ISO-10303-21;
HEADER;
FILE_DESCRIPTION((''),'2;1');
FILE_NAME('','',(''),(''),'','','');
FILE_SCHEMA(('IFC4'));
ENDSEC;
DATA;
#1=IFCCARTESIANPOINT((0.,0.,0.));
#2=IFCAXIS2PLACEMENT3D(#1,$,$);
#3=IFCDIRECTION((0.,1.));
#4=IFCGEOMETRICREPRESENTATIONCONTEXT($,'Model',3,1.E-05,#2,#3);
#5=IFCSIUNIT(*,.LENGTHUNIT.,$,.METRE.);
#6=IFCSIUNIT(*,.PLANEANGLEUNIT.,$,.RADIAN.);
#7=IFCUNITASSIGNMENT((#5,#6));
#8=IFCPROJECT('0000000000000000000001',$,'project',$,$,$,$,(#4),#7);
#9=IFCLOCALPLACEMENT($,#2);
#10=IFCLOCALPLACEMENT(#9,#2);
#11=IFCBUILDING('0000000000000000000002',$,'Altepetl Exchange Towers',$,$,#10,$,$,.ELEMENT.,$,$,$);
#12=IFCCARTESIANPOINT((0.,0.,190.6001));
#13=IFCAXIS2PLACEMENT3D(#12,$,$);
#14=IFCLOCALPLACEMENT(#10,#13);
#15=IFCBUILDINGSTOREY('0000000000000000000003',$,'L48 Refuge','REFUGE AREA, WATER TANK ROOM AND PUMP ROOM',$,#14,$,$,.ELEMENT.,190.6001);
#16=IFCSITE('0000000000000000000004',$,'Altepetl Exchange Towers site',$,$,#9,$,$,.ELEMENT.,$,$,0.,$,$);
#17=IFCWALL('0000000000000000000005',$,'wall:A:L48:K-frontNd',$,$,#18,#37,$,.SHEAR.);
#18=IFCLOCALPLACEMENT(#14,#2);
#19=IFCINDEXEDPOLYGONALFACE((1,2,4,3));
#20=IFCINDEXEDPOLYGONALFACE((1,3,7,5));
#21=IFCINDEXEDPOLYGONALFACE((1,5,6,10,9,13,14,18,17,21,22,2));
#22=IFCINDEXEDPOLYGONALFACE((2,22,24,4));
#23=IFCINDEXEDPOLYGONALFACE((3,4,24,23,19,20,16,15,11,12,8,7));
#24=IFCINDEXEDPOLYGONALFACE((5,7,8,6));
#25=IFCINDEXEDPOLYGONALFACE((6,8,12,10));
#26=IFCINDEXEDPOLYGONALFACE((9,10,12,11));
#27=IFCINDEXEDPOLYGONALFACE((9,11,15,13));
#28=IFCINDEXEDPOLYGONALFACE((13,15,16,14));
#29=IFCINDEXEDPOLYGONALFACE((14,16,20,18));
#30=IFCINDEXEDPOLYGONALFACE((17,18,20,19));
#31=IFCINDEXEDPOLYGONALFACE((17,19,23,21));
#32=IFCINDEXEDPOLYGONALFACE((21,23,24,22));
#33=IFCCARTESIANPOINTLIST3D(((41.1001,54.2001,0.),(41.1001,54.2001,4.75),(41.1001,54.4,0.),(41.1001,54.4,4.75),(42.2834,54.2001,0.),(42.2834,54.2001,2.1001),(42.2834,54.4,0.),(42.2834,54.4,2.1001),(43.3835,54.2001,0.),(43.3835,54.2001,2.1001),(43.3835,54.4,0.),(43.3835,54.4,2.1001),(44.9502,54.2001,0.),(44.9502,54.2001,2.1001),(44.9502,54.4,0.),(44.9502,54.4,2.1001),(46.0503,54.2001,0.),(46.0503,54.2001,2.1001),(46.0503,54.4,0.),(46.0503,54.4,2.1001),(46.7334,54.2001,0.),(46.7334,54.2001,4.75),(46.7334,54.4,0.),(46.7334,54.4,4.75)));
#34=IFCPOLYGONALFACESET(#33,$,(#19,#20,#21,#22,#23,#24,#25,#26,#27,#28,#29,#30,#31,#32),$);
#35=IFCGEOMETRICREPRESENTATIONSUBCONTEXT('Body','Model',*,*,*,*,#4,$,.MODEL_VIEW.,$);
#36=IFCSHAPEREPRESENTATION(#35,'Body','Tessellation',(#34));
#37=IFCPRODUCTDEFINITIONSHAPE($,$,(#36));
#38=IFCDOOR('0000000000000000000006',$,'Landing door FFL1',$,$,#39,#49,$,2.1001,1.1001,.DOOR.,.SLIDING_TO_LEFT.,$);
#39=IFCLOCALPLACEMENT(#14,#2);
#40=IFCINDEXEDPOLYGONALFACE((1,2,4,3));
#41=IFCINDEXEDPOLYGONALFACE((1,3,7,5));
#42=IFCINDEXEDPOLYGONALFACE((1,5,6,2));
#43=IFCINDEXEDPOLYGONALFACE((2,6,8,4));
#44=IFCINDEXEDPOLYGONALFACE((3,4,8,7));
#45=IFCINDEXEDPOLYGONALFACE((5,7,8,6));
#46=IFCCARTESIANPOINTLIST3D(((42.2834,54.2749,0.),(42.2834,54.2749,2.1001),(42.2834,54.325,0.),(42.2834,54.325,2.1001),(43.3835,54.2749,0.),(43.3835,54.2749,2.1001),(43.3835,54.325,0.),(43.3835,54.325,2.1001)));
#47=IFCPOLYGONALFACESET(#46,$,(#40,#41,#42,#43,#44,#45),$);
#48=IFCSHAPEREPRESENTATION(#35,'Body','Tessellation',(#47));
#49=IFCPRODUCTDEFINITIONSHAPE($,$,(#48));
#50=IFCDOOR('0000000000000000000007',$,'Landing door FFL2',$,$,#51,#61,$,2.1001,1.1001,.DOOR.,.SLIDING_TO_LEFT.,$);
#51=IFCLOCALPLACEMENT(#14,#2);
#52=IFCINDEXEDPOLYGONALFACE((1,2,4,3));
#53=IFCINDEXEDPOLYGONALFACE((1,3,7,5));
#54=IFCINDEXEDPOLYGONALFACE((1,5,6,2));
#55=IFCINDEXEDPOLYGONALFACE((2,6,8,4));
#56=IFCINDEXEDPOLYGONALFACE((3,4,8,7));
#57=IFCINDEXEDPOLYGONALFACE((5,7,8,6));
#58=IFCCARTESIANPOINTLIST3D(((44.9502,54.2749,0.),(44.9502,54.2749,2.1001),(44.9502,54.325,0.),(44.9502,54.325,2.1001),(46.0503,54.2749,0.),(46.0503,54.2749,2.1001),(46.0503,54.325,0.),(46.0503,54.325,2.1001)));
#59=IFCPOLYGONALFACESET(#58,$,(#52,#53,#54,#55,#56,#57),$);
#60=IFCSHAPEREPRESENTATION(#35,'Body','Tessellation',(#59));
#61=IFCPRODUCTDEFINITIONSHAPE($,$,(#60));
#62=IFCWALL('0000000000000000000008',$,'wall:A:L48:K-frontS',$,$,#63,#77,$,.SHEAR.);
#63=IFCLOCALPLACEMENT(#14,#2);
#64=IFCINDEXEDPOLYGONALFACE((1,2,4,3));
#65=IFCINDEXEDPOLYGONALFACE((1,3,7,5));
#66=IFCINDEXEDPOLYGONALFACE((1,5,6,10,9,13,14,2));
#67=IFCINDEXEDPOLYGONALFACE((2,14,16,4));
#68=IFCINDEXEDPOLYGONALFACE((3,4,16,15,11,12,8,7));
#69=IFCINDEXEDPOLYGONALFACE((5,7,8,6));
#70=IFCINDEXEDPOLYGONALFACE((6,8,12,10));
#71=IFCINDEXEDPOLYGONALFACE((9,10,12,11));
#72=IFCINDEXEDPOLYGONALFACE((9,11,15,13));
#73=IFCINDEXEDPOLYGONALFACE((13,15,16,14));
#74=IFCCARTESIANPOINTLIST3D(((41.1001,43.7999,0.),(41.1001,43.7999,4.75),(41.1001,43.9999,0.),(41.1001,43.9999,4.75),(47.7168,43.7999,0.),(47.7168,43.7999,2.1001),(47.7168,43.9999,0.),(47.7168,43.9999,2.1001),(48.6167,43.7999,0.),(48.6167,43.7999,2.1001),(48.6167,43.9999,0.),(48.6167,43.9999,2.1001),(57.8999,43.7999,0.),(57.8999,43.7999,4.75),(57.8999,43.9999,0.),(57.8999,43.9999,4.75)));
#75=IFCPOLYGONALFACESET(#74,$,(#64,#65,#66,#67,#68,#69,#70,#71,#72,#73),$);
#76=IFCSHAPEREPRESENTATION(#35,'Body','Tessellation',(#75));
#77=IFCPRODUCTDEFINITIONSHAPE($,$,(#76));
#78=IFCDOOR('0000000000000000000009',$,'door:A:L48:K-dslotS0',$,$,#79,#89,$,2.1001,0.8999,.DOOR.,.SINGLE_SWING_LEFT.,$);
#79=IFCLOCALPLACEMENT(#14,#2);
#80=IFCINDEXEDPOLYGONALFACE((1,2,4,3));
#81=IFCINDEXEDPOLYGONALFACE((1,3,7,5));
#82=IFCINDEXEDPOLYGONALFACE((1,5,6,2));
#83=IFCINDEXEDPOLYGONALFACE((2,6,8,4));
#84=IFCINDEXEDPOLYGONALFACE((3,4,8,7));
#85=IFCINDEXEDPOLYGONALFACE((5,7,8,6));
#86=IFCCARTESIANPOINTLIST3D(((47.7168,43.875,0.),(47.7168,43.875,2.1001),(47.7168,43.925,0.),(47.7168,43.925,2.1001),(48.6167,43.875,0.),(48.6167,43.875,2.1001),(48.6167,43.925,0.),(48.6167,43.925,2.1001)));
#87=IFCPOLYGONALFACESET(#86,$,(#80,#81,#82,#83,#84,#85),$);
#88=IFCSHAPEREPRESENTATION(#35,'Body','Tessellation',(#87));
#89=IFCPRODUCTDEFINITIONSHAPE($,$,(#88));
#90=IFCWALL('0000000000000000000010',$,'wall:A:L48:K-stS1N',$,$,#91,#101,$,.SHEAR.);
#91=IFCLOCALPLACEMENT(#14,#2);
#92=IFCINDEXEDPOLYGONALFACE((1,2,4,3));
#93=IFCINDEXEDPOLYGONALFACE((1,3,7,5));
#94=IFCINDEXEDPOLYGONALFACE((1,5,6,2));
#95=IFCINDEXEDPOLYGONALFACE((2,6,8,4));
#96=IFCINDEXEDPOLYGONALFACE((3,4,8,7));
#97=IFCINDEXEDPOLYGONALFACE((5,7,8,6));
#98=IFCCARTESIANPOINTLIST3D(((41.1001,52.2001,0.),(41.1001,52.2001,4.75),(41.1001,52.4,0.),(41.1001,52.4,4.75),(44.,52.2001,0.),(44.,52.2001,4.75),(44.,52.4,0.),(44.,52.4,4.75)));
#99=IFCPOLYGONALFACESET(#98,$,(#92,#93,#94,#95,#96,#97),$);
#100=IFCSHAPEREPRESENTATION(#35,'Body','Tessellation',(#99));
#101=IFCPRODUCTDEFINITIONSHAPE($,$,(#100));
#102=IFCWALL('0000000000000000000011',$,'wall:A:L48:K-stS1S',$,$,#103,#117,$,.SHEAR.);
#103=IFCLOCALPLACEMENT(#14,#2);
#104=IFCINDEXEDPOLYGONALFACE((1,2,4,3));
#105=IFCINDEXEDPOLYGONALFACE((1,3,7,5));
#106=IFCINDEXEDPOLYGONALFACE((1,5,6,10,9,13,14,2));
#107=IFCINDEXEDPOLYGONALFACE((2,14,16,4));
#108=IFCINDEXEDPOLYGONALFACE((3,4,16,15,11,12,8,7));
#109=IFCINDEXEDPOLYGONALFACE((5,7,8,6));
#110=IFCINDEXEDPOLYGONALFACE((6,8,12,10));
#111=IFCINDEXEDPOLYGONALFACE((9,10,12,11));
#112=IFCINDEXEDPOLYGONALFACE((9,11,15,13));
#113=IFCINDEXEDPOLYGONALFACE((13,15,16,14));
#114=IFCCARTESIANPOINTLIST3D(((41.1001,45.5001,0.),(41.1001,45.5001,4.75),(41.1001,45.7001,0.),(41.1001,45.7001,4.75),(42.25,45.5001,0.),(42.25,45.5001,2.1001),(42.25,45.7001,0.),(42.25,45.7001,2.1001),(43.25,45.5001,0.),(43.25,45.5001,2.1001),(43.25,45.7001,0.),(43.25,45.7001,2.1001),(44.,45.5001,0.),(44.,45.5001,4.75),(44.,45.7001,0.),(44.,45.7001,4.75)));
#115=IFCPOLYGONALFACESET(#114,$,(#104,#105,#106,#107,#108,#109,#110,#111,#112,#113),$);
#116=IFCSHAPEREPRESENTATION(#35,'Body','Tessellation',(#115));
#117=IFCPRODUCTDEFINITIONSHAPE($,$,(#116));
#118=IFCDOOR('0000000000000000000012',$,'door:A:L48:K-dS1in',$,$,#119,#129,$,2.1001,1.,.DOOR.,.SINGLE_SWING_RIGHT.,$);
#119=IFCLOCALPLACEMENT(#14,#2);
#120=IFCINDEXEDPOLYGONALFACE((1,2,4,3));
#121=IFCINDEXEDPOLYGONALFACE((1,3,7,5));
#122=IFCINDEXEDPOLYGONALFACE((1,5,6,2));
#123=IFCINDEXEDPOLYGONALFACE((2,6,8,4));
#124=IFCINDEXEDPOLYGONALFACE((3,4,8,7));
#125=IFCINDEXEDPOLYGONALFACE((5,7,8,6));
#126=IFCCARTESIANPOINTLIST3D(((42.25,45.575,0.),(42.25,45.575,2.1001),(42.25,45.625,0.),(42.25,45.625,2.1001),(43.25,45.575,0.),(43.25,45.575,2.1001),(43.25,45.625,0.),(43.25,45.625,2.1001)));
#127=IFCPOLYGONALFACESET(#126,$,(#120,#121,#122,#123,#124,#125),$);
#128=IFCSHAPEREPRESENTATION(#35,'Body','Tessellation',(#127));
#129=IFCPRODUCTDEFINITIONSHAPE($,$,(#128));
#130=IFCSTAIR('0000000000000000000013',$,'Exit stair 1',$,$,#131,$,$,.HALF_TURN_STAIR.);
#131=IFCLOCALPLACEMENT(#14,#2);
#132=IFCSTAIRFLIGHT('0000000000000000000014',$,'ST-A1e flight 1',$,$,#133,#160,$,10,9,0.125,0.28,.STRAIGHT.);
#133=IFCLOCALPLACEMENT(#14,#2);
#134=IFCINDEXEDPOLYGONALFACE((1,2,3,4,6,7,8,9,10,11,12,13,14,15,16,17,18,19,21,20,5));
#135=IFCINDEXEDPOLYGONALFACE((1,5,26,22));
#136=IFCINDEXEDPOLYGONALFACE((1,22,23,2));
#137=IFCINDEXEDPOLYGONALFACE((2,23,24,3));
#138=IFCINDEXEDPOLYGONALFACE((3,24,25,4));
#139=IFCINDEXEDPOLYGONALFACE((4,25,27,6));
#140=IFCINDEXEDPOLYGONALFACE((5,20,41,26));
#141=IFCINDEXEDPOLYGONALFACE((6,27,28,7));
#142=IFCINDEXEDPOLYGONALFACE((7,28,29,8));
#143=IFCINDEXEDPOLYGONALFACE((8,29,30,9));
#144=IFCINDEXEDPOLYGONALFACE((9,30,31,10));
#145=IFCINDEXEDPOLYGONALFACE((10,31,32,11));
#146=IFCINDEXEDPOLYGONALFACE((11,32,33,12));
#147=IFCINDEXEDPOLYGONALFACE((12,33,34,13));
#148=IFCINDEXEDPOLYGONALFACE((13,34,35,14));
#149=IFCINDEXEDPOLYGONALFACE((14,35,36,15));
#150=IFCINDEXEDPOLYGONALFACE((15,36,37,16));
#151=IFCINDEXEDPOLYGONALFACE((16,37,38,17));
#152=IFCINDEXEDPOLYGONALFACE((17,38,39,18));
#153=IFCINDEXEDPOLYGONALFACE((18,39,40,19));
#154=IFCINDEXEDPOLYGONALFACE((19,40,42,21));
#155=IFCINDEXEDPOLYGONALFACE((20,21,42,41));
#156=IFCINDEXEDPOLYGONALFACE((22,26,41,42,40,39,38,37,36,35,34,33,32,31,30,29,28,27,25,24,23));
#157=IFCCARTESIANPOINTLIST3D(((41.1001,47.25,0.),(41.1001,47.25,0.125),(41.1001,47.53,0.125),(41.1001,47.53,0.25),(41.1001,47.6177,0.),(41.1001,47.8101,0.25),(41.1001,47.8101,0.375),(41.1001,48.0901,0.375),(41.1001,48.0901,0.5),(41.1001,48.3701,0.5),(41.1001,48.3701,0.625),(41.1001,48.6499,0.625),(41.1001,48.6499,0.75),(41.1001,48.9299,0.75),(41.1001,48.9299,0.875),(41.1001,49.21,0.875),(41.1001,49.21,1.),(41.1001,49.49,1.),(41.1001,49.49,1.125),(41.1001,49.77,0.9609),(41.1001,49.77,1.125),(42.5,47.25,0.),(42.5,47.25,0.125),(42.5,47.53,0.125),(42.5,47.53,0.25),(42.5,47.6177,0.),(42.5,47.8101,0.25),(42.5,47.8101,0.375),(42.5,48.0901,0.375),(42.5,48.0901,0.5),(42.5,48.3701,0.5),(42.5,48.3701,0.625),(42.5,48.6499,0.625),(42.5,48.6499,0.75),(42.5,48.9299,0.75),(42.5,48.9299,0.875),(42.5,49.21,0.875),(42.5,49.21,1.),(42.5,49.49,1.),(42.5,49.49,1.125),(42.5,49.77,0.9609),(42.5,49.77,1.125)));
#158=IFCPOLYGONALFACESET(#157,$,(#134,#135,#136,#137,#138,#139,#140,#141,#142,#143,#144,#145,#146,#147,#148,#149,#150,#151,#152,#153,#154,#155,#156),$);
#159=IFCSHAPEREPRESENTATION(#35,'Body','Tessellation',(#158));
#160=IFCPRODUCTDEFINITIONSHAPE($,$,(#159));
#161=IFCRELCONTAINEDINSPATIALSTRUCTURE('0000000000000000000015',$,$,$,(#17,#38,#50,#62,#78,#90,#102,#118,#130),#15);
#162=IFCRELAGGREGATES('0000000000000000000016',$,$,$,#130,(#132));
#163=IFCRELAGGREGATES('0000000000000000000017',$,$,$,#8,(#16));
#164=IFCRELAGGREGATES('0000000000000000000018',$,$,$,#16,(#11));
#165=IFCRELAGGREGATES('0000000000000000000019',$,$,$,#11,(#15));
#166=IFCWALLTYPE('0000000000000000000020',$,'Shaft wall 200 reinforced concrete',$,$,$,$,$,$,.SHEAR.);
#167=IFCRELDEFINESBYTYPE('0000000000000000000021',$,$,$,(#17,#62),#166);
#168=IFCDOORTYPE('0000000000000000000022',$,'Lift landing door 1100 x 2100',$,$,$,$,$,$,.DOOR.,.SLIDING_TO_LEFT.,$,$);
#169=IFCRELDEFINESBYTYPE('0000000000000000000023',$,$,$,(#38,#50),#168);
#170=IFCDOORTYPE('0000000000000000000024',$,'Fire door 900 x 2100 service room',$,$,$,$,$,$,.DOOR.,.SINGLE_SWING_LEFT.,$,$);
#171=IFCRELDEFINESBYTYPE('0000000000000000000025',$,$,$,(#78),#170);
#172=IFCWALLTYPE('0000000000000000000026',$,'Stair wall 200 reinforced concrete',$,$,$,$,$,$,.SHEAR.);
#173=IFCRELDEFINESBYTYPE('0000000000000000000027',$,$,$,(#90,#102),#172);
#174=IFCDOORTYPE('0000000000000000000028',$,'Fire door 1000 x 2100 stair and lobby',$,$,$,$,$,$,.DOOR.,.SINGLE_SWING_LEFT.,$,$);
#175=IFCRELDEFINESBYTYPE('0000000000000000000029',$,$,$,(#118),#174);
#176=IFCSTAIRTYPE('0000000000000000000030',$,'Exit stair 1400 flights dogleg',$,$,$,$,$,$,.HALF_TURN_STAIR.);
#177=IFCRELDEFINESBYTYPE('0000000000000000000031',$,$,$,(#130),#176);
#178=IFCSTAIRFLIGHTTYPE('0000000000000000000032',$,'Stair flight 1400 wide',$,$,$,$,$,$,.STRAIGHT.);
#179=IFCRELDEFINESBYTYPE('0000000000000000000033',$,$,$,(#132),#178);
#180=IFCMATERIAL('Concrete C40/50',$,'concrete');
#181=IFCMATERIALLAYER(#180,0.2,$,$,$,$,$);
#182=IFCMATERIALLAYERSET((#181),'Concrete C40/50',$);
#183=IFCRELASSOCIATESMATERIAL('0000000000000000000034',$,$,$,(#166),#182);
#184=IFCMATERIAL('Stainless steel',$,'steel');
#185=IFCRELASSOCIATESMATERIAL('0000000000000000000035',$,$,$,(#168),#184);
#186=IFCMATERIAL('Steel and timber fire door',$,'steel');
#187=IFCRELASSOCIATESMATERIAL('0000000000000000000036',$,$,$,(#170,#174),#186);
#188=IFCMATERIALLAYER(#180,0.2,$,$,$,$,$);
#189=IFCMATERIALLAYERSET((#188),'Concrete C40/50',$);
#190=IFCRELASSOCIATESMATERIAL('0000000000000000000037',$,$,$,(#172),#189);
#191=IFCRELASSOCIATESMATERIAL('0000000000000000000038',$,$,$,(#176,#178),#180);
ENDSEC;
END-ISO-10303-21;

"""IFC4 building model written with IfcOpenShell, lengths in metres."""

from ifc_helpers import new_model, si_unit, direction, frame, frame_2d, origin, place, context, subcontext, project, spatial, polyline, rectangle, outline, extrude, material, layer, layer_set, type_object, element, fill, aggregate, save


model = new_model("IFC4")

# Units and contexts
model_context = context("Model", 3, precision=1e-05, world=origin(), true_north=direction((0.0, 1.0)))
body_context = subcontext(model_context, "Body", "Model", "MODEL_VIEW")
ifc_project = project(units=[si_unit("LENGTHUNIT", "METRE"), si_unit("PLANEANGLEUNIT", "RADIAN")], contexts=[model_context])

# Site, building, storey
site_placement = place(None, origin())
site = spatial("IfcSite", under=ifc_project, at=site_placement, Name="Altepetl Exchange Towers site", CompositionType="ELEMENT", RefElevation=0.0)
building_placement = place(site_placement, origin())
building = spatial("IfcBuilding", under=site, at=building_placement, Name="Altepetl Exchange Towers", CompositionType="ELEMENT")
storey_placement = place(building_placement, frame((0.0, 0.0, 190.6001)))
storey = spatial("IfcBuildingStorey", under=building, at=storey_placement, Name="L48 Refuge", Description="REFUGE AREA, WATER TANK ROOM AND PUMP ROOM", CompositionType="ELEMENT", Elevation=190.6001)

# Wall, openings, doors
ifc_material_1 = material(Name="Concrete C40/50", Category="concrete")
ifc_layer_1 = layer(ifc_material_1, 0.2)
ifc_layer_set_1 = layer_set([ifc_layer_1], Name="Concrete C40/50")
wall_type_1 = type_object("IfcWallType", Name="Shaft wall 200 reinforced concrete", PredefinedType="SHEAR", material=ifc_layer_set_1)
wall_1_placement = place(storey_placement, frame((41.1001, 54.3, 0.0)))
wall_1 = element("IfcWall", 1, at=wall_1_placement, inside=storey, type_object=wall_type_1, Name="wall:A:L48:K-frontNd", PredefinedType="SHEAR", context=body_context, shape_type="SweptSolid", body=[
    extrude(rectangle(XDim=5.6333, YDim=0.2, at=frame_2d((2.8167, 0.0))), origin(), (0.0, 0.0, 1.0), 4.75),
])
opening_1_placement = place(wall_1_placement, frame((1.1833, 0.0, 0.0)))
opening_1 = element("IfcOpeningElement", 2, at=opening_1_placement, cuts=wall_1, PredefinedType="OPENING", context=body_context, shape_type="SweptSolid", body=[
    extrude(rectangle(XDim=1.1001, YDim=2.1001, at=frame_2d((0.55, 1.05))), frame((0.0, 0.1099, 0.0), z_axis=(0.0, -1.0, 0.0), x_axis=(1.0, 0.0, 0.0)), (0.0, 0.0, 1.0), 0.22),
])
opening_2_placement = place(wall_1_placement, frame((3.8501, 0.0, 0.0)))
opening_2 = element("IfcOpeningElement", 3, at=opening_2_placement, cuts=wall_1, PredefinedType="OPENING", context=body_context, shape_type="SweptSolid", body=[
    extrude(rectangle(XDim=1.1001, YDim=2.1001, at=frame_2d((0.55, 1.05))), frame((0.0, 0.1099, 0.0), z_axis=(0.0, -1.0, 0.0), x_axis=(1.0, 0.0, 0.0)), (0.0, 0.0, 1.0), 0.22),
])
ifc_material_2 = material(Name="Stainless steel", Category="steel")
door_type_1 = type_object("IfcDoorType", Name="Lift landing door 1100 x 2100", OperationType="SLIDING_TO_LEFT", PredefinedType="DOOR", material=ifc_material_2)
door_1_placement = place(opening_1_placement, origin())
door_1 = element("IfcDoor", 4, at=door_1_placement, inside=storey, type_object=door_type_1, Name="Landing door FFL1", OperationType="SLIDING_TO_LEFT", OverallHeight=2.1001, OverallWidth=1.1001, PredefinedType="DOOR", context=body_context, shape_type="SweptSolid", body=[
    extrude(rectangle(XDim=1.1001, YDim=2.1001, at=frame_2d((0.55, 1.05))), frame((0.0, 0.0249, 0.0), z_axis=(0.0, -1.0, 0.0), x_axis=(1.0, 0.0, 0.0)), (0.0, 0.0, 1.0), 0.05),
])
fill(opening_1, door_1)
door_2_placement = place(opening_2_placement, origin())
door_2 = element("IfcDoor", 5, at=door_2_placement, inside=storey, type_object=door_type_1, Name="Landing door FFL2", OperationType="SLIDING_TO_LEFT", OverallHeight=2.1001, OverallWidth=1.1001, PredefinedType="DOOR", context=body_context, shape_type="SweptSolid", body=[
    extrude(rectangle(XDim=1.1001, YDim=2.1001, at=frame_2d((0.55, 1.05))), frame((0.0, 0.0249, 0.0), z_axis=(0.0, -1.0, 0.0), x_axis=(1.0, 0.0, 0.0)), (0.0, 0.0, 1.0), 0.05),
])
fill(opening_2, door_2)

# Wall, opening, door
wall_2_placement = place(storey_placement, frame((41.1001, 43.8999, 0.0)))
wall_2 = element("IfcWall", 6, at=wall_2_placement, inside=storey, type_object=wall_type_1, Name="wall:A:L48:K-frontS", PredefinedType="SHEAR", context=body_context, shape_type="SweptSolid", body=[
    extrude(rectangle(XDim=16.7998, YDim=0.2, at=frame_2d((8.3999, 0.0))), origin(), (0.0, 0.0, 1.0), 4.75),
])
opening_3_placement = place(wall_2_placement, frame((6.6167, 0.0, 0.0)))
opening_3 = element("IfcOpeningElement", 7, at=opening_3_placement, cuts=wall_2, PredefinedType="OPENING", context=body_context, shape_type="SweptSolid", body=[
    extrude(rectangle(XDim=0.8999, YDim=2.1001, at=frame_2d((0.45, 1.05))), frame((0.0, 0.1099, 0.0), z_axis=(0.0, -1.0, 0.0), x_axis=(1.0, 0.0, 0.0)), (0.0, 0.0, 1.0), 0.22),
])
ifc_material_3 = material(Name="Steel and timber fire door", Category="steel")
door_type_2 = type_object("IfcDoorType", Name="Fire door 900 x 2100 service room", OperationType="SINGLE_SWING_LEFT", PredefinedType="DOOR", material=ifc_material_3)
door_3_placement = place(opening_3_placement, frame((0.8999, 0.0, 0.0), x_axis=(-1.0, 0.0, 0.0)))
door_3 = element("IfcDoor", 8, at=door_3_placement, inside=storey, type_object=door_type_2, Name="door:A:L48:K-dslotS0", OperationType="SINGLE_SWING_LEFT", OverallHeight=2.1001, OverallWidth=0.8999, PredefinedType="DOOR", context=body_context, shape_type="SweptSolid", body=[
    extrude(rectangle(XDim=0.8999, YDim=2.1001, at=frame_2d((0.45, 1.05))), frame((0.0, 0.0249, 0.0), z_axis=(0.0, -1.0, 0.0), x_axis=(1.0, 0.0, 0.0)), (0.0, 0.0, 1.0), 0.05),
])
fill(opening_3, door_3)

# Wall
ifc_layer_2 = layer(ifc_material_1, 0.2)
ifc_layer_set_2 = layer_set([ifc_layer_2], Name="Concrete C40/50")
wall_type_2 = type_object("IfcWallType", Name="Stair wall 200 reinforced concrete", PredefinedType="SHEAR", material=ifc_layer_set_2)
wall_3_placement = place(storey_placement, frame((41.1001, 52.3, 0.0)))
element("IfcWall", 9, at=wall_3_placement, inside=storey, type_object=wall_type_2, Name="wall:A:L48:K-stS1N", PredefinedType="SHEAR", context=body_context, shape_type="SweptSolid", body=[
    extrude(rectangle(XDim=2.8999, YDim=0.2, at=frame_2d((1.45, 0.0))), origin(), (0.0, 0.0, 1.0), 4.75),
])

# Wall, opening, door
wall_4_placement = place(storey_placement, frame((41.1001, 45.6001, 0.0)))
wall_4 = element("IfcWall", 10, at=wall_4_placement, inside=storey, type_object=wall_type_2, Name="wall:A:L48:K-stS1S", PredefinedType="SHEAR", context=body_context, shape_type="SweptSolid", body=[
    extrude(rectangle(XDim=2.8999, YDim=0.2, at=frame_2d((1.45, 0.0))), origin(), (0.0, 0.0, 1.0), 4.75),
])
opening_4_placement = place(wall_4_placement, frame((1.1499, 0.0, 0.0)))
opening_4 = element("IfcOpeningElement", 11, at=opening_4_placement, cuts=wall_4, PredefinedType="OPENING", context=body_context, shape_type="SweptSolid", body=[
    extrude(rectangle(XDim=1.0, YDim=2.1001, at=frame_2d((0.5, 1.05))), frame((0.0, 0.1099, 0.0), z_axis=(0.0, -1.0, 0.0), x_axis=(1.0, 0.0, 0.0)), (0.0, 0.0, 1.0), 0.22),
])
door_type_3 = type_object("IfcDoorType", Name="Fire door 1000 x 2100 stair and lobby", OperationType="SINGLE_SWING_LEFT", PredefinedType="DOOR", material=ifc_material_3)
door_4_placement = place(opening_4_placement, origin())
door_4 = element("IfcDoor", 12, at=door_4_placement, inside=storey, type_object=door_type_3, Name="door:A:L48:K-dS1in", OperationType="SINGLE_SWING_RIGHT", OverallHeight=2.1001, OverallWidth=1.0, PredefinedType="DOOR", context=body_context, shape_type="SweptSolid", body=[
    extrude(rectangle(XDim=1.0, YDim=2.1001, at=frame_2d((0.5, 1.05))), frame((0.0, 0.0249, 0.0), z_axis=(0.0, -1.0, 0.0), x_axis=(1.0, 0.0, 0.0)), (0.0, 0.0, 1.0), 0.05),
])
fill(opening_4, door_4)

# Stair, stair flight
stair_type = type_object("IfcStairType", Name="Exit stair 1400 flights dogleg", PredefinedType="HALF_TURN_STAIR", material=ifc_material_1)
stair_placement = place(storey_placement, origin())
stair = element("IfcStair", 13, at=stair_placement, inside=storey, type_object=stair_type, Name="Exit stair 1", PredefinedType="HALF_TURN_STAIR")
stair_flight_type = type_object("IfcStairFlightType", Name="Stair flight 1400 wide", PredefinedType="STRAIGHT", material=ifc_material_1)
stair_flight_1_placement = place(storey_placement, frame((41.8, 47.25, 0.0), z_axis=(0.0, 0.0, 1.0), x_axis=(0.0, 1.0, 0.0)))
stair_flight_1 = element("IfcStairFlight", 14, at=stair_flight_1_placement, type_object=stair_flight_type, Name="ST-A1e flight 1", NumberOfRisers=10, NumberOfTreads=9, PredefinedType="STRAIGHT", RiserHeight=0.125, TreadLength=0.28, context=body_context, shape_type="SweptSolid", body=[
    extrude(outline(polyline([(0.0, 0.0), (0.0, 0.125), (0.28, 0.125), (0.28, 0.25), (0.5601, 0.25), (0.5601, 0.375), (0.8401, 0.375), (0.8401, 0.5), (1.1201, 0.5), (1.1201, 0.625), (1.3999, 0.625), (1.3999, 0.75), (1.6799, 0.75), (1.6799, 0.875), (1.96, 0.875), (1.96, 1.0), (2.24, 1.0), (2.24, 1.125), (2.52, 1.125), (2.52, 1.25), (2.52, 0.9609), (0.3677, 0.0), (0.0, 0.0)])), frame((0.0, 0.7, 0.0), z_axis=(0.0, -1.0, 0.0), x_axis=(1.0, 0.0, 0.0)), (0.0, 0.0, 1.0), 1.3999),
])
aggregate(stair, [stair_flight_1])

save(model, "model.ifc")
